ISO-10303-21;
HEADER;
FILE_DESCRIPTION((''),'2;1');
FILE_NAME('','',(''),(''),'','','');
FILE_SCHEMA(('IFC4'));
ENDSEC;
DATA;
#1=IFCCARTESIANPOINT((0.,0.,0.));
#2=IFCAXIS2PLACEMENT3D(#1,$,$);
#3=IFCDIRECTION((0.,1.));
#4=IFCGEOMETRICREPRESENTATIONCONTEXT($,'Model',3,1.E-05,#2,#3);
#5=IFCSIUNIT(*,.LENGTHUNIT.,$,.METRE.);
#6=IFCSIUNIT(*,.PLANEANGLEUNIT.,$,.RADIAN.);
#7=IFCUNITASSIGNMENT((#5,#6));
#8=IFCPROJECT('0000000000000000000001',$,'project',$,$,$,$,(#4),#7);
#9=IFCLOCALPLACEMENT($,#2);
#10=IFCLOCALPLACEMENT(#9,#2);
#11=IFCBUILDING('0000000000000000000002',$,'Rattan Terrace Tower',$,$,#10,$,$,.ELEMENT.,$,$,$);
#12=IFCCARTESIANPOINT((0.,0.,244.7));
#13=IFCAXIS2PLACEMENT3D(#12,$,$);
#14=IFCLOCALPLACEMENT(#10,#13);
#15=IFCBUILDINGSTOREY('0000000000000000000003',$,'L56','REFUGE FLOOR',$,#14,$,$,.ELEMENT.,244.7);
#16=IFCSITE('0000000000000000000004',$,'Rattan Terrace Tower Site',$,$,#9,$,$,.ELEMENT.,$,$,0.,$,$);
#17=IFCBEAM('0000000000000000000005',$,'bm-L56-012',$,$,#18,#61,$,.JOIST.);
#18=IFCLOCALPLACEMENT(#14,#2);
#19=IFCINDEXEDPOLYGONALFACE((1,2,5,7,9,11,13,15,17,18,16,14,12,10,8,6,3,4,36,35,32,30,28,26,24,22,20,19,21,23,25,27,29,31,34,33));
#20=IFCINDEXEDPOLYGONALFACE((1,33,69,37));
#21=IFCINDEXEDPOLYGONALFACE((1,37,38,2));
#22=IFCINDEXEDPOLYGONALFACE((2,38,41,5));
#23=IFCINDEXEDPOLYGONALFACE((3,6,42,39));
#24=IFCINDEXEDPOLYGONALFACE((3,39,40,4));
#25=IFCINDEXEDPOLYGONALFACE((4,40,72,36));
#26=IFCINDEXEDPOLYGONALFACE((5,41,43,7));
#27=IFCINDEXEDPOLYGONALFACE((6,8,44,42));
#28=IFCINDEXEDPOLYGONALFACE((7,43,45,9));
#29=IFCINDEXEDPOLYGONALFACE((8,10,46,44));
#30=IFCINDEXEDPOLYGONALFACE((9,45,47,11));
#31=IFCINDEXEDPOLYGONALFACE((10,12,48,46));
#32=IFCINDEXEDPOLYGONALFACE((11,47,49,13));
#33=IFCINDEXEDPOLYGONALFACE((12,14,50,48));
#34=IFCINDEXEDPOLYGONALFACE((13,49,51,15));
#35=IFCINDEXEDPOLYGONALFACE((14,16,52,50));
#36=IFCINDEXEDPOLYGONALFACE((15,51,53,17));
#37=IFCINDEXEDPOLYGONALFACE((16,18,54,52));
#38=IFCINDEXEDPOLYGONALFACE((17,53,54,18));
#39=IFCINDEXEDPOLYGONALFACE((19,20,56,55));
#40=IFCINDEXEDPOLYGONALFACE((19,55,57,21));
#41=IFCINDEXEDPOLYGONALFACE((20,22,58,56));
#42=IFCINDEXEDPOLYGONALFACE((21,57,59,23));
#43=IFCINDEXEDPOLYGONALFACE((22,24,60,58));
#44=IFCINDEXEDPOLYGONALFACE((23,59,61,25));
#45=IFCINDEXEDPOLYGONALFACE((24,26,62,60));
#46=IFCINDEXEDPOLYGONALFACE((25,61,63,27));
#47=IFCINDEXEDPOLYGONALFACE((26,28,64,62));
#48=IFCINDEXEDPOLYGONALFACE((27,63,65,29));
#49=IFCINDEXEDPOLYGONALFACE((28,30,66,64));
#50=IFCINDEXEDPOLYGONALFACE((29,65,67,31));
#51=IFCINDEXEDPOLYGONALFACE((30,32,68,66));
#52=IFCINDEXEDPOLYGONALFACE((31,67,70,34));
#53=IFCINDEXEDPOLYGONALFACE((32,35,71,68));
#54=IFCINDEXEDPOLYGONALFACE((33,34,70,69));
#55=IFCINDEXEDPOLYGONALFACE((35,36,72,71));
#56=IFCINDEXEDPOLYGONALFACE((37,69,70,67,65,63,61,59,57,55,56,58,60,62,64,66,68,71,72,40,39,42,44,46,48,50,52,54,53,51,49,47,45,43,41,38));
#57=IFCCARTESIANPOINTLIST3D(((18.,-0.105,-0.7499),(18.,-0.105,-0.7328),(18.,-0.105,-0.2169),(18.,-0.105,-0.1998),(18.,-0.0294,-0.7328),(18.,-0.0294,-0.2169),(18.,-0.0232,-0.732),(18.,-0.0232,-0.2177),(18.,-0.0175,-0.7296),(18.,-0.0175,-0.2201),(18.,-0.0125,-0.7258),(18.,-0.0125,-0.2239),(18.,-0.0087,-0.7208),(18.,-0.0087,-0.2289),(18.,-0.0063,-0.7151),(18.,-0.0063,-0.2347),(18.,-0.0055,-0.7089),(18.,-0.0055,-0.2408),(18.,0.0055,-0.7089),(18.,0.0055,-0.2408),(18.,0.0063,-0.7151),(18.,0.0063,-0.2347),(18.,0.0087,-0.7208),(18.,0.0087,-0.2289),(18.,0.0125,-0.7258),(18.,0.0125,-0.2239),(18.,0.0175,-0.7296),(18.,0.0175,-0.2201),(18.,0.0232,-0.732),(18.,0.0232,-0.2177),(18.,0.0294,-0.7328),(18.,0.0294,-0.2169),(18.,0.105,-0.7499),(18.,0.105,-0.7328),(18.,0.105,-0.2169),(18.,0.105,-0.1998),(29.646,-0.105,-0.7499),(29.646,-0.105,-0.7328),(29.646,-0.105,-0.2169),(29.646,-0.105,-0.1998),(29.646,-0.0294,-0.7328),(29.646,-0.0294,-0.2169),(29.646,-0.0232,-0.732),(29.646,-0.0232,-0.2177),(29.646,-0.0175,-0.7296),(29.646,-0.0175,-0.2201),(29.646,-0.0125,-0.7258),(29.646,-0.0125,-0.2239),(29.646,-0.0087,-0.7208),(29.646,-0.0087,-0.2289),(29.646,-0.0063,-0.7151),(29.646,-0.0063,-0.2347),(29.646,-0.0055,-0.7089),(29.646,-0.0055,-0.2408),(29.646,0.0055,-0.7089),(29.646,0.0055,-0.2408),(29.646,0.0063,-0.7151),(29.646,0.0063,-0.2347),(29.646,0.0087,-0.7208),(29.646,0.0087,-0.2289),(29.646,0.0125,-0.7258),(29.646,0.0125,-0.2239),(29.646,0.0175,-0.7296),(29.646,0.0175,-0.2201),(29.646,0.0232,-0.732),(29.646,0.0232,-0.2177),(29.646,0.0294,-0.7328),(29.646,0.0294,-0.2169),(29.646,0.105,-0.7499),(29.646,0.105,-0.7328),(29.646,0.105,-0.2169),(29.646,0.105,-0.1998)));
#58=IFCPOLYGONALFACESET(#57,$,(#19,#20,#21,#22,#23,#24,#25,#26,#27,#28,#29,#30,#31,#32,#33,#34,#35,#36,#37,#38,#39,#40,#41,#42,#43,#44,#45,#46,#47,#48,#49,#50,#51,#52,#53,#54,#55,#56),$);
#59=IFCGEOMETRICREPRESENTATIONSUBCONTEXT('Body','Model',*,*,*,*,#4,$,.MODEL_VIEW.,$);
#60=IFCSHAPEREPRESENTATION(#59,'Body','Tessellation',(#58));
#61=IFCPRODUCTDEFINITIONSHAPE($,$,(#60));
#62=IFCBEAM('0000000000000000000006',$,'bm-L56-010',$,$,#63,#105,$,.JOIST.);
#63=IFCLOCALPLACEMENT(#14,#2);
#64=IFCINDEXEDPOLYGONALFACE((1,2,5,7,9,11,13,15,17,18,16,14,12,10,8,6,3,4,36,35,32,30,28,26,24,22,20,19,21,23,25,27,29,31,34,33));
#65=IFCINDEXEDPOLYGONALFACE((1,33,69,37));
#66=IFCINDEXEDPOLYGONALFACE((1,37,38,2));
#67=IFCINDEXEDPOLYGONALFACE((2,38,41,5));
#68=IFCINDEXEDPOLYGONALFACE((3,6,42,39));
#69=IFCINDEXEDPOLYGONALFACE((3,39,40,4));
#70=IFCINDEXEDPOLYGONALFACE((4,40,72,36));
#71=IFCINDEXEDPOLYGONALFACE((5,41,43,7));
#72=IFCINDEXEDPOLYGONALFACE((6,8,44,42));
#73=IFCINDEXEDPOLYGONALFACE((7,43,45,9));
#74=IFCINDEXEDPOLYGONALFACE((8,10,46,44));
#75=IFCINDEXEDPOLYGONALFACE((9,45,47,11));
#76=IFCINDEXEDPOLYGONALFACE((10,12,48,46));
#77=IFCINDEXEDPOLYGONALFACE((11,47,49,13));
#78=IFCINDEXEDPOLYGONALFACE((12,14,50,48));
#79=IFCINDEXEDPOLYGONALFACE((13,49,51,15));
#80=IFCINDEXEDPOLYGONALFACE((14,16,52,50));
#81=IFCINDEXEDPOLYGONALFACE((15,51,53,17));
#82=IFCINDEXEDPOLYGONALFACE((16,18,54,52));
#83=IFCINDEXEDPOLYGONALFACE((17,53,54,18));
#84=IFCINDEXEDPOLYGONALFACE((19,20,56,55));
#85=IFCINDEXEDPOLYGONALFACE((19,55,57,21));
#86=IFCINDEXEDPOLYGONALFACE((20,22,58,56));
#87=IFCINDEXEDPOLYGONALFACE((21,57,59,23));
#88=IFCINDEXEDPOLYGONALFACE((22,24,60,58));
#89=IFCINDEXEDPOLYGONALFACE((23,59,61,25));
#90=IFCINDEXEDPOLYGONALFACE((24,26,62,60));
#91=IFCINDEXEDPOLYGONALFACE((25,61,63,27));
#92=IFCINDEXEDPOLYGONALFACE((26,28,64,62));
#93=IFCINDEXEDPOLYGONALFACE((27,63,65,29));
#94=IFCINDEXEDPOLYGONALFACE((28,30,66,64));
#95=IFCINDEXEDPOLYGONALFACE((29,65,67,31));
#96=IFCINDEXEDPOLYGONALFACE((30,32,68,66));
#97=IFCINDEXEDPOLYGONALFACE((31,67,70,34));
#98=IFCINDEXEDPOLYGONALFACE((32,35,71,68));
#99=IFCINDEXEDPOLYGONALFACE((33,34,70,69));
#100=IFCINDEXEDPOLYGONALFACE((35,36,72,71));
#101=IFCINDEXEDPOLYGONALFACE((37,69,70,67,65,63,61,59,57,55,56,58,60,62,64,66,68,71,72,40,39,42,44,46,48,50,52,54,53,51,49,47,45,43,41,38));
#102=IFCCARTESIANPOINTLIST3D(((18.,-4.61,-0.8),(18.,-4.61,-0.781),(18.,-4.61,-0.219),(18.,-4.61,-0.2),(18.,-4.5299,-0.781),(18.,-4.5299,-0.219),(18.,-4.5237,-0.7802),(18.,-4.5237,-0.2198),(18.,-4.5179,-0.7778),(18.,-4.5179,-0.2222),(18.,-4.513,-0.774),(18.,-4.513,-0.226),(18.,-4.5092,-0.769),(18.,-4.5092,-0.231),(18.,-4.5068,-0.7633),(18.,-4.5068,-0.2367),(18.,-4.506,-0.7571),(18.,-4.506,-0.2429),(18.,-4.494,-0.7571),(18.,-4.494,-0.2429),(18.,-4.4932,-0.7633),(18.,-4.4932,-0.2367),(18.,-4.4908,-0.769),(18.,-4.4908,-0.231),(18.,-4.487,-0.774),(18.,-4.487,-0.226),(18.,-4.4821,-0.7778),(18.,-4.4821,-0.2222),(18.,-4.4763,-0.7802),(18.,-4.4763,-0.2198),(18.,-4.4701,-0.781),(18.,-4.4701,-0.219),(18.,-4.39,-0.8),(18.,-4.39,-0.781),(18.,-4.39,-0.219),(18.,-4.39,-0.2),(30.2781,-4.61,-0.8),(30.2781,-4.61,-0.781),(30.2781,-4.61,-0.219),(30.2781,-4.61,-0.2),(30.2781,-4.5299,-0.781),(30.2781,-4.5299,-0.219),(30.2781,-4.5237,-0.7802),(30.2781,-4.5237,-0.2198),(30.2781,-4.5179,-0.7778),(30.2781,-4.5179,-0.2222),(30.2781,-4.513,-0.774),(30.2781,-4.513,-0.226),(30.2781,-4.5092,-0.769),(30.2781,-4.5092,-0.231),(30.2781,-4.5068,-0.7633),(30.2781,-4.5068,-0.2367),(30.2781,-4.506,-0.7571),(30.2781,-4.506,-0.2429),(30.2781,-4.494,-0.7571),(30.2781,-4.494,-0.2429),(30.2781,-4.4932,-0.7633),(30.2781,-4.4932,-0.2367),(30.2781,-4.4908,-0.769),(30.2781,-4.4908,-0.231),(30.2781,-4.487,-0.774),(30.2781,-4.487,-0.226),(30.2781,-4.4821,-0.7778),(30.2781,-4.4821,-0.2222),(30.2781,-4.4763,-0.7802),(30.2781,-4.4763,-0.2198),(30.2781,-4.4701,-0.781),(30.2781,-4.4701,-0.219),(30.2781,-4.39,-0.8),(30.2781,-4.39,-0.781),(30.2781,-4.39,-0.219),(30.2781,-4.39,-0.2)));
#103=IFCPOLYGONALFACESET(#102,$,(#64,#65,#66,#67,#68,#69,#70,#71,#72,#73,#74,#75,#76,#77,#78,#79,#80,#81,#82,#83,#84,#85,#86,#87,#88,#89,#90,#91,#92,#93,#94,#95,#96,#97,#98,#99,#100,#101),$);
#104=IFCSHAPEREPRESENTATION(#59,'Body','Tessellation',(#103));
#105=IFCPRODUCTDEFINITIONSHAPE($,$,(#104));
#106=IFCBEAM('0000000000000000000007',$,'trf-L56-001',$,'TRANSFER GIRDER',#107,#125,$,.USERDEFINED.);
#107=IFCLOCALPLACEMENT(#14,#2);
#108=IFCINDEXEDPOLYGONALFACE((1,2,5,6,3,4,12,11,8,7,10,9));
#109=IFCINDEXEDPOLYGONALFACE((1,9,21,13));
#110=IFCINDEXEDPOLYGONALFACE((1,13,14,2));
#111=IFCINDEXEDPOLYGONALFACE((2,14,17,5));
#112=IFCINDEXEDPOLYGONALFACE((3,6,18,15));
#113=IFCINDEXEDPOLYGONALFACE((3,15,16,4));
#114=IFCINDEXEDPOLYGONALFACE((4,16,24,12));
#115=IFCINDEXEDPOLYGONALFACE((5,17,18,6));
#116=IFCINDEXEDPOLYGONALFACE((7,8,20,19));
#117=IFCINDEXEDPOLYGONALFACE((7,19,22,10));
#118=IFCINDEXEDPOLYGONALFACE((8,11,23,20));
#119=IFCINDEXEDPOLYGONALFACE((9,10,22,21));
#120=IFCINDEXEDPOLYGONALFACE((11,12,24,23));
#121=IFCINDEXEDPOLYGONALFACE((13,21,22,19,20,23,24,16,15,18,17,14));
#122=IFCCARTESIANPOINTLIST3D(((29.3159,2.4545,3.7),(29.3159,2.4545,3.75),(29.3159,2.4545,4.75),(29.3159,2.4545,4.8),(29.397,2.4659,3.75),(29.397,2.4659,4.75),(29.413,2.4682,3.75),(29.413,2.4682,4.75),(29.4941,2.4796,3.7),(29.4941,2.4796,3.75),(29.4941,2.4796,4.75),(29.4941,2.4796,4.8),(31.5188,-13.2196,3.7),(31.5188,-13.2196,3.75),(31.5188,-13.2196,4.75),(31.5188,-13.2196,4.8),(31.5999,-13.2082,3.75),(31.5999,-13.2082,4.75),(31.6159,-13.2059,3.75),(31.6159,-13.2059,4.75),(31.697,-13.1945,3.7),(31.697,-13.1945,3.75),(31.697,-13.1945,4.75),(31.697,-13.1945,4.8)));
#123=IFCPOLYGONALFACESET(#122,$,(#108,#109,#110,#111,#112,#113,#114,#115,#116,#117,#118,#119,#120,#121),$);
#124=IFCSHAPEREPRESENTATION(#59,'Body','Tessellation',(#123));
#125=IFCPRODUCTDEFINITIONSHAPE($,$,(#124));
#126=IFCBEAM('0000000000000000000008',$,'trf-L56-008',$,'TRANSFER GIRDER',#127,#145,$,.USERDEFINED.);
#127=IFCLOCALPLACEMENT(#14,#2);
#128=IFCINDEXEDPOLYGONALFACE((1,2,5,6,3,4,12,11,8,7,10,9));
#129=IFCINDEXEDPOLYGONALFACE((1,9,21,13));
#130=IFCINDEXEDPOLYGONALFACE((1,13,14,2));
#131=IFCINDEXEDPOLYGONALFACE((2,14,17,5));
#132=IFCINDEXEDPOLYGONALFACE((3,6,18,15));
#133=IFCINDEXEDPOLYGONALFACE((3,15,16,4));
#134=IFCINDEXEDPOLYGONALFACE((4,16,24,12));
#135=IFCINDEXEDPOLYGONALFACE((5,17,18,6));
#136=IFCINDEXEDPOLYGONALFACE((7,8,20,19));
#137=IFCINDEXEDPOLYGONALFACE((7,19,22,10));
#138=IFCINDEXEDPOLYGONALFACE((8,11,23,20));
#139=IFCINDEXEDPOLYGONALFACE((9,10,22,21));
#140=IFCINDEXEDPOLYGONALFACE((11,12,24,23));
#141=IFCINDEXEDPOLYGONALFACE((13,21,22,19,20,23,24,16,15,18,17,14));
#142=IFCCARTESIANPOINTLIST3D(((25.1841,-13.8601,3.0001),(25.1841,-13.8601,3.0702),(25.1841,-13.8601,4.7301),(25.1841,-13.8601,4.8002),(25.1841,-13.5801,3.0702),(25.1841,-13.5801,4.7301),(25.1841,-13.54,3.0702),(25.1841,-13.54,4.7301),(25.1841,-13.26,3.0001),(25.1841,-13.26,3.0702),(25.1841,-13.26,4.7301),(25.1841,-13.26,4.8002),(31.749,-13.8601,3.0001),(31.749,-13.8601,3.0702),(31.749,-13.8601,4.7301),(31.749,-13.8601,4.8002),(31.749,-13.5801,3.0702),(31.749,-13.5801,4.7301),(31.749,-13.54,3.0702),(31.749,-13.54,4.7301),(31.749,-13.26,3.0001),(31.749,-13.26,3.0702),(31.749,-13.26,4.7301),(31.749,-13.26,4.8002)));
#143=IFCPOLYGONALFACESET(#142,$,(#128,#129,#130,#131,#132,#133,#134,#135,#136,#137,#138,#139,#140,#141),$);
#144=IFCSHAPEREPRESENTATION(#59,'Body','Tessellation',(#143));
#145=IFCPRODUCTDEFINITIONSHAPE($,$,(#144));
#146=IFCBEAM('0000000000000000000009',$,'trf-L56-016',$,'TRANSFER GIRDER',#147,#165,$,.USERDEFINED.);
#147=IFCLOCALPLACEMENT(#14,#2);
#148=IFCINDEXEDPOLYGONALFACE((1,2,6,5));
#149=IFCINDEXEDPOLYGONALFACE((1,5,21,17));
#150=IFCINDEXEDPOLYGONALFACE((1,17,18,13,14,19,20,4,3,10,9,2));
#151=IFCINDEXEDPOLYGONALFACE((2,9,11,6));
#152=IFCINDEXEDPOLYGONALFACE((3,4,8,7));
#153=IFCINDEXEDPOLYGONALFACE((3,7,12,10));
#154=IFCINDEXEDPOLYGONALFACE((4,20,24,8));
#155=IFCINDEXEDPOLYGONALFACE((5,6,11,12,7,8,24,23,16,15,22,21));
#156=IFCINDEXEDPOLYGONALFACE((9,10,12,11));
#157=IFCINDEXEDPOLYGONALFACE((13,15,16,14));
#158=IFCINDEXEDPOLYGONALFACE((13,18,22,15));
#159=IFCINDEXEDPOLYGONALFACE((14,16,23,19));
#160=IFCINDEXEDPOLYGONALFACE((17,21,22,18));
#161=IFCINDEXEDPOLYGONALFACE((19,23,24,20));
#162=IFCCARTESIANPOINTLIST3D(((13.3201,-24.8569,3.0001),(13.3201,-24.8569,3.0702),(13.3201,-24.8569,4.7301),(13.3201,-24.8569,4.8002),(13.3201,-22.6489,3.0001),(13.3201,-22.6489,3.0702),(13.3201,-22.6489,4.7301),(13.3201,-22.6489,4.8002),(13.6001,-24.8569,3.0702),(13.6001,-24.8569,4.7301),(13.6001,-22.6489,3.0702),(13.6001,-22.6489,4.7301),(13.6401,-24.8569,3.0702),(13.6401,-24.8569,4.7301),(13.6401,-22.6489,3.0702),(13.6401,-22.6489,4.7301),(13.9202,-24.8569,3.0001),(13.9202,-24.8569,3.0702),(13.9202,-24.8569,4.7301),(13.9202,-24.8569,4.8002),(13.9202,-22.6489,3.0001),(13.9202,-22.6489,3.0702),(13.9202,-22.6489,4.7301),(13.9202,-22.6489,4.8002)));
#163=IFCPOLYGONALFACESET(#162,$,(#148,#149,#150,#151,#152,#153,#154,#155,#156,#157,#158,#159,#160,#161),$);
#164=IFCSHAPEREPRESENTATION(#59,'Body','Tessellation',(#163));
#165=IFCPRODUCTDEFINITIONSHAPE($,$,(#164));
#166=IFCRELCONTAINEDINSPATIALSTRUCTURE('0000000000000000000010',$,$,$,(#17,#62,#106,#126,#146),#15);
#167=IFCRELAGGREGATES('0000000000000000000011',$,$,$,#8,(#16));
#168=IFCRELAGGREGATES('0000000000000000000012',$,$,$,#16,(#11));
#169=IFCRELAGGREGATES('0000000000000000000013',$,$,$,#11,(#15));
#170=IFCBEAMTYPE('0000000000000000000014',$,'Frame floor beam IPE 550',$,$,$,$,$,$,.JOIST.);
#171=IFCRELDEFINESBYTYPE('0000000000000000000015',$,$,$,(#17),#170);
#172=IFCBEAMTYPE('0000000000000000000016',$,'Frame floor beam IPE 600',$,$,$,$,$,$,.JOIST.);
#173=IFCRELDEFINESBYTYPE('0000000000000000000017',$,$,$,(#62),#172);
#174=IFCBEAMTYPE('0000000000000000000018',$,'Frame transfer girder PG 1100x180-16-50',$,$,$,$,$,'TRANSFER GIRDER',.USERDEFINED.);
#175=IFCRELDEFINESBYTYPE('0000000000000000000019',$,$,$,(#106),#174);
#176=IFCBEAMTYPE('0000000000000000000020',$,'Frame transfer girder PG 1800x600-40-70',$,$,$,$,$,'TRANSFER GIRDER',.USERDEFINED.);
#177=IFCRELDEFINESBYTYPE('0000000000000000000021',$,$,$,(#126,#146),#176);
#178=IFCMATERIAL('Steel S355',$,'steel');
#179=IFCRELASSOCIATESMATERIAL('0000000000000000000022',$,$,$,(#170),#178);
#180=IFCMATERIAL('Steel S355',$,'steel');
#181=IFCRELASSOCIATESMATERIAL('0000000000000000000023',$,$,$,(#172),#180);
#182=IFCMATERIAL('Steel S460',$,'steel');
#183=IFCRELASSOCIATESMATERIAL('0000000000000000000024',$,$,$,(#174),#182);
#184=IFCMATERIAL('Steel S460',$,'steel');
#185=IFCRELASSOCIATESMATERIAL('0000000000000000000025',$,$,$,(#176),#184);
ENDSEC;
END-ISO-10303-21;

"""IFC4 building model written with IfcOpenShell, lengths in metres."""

from ifc_helpers import new_model, si_unit, direction, frame, origin, origin_2d, place, context, subcontext, project, spatial, i_section, extrude, material, material_profile, profile_set, type_object, element, save


model = new_model("IFC4")

# Units and contexts
model_context = context("Model", 3, precision=1e-05, world=origin(), true_north=direction((0.0, 1.0)))
body_context = subcontext(model_context, "Body", "Model", "MODEL_VIEW")
ifc_project = project(units=[si_unit("LENGTHUNIT", "METRE"), si_unit("PLANEANGLEUNIT", "RADIAN")], contexts=[model_context])

# Site, building, storey
site_placement = place(None, origin())
site = spatial("IfcSite", under=ifc_project, at=site_placement, Name="Rattan Terrace Tower Site", CompositionType="ELEMENT", RefElevation=0.0)
building_placement = place(site_placement, origin())
building = spatial("IfcBuilding", under=site, at=building_placement, Name="Rattan Terrace Tower", CompositionType="ELEMENT")
storey_placement = place(building_placement, frame((0.0, 0.0, 244.7)))
storey = spatial("IfcBuildingStorey", under=building, at=storey_placement, Name="L56", Description="REFUGE FLOOR", CompositionType="ELEMENT", Elevation=244.7)

# Beams
ifc_material_1 = material(Name="Steel S355", Category="steel")
ifc_material_profile_1 = material_profile(ifc_material_1, i_section(OverallWidth=0.21, OverallDepth=0.55, WebThickness=0.011, FlangeThickness=0.0171, FilletRadius=0.0239, at=origin_2d()), Name="IPE 550")
ifc_profile_set_1 = profile_set([ifc_material_profile_1], Name="Steel S355")
beam_type_1 = type_object("IfcBeamType", Name="Frame floor beam IPE 550", PredefinedType="JOIST", material=ifc_profile_set_1)
beam_1_placement = place(storey_placement, frame((18.0, 0.0, -0.4749), z_axis=(1.0, 0.0, 0.0), x_axis=(0.0, 1.0, 0.0)))
element("IfcBeam", 1, at=beam_1_placement, inside=storey, type_object=beam_type_1, Name="bm-L56-012", PredefinedType="JOIST", context=body_context, shape_type="SweptSolid", body=[
    extrude(i_section(OverallWidth=0.21, OverallDepth=0.55, WebThickness=0.011, FlangeThickness=0.0171, FilletRadius=0.0239, at=origin_2d()), origin(), (0.0, 0.0, 1.0), 11.646),
])
ifc_material_2 = material(Name="Steel S355", Category="steel")
ifc_material_profile_2 = material_profile(ifc_material_2, i_section(OverallWidth=0.22, OverallDepth=0.6001, WebThickness=0.012, FlangeThickness=0.019, FilletRadius=0.0239, at=origin_2d()), Name="IPE 600")
ifc_profile_set_2 = profile_set([ifc_material_profile_2], Name="Steel S355")
beam_type_2 = type_object("IfcBeamType", Name="Frame floor beam IPE 600", PredefinedType="JOIST", material=ifc_profile_set_2)
beam_2_placement = place(storey_placement, frame((18.0, -4.5, -0.5), z_axis=(1.0, 0.0, 0.0), x_axis=(0.0, 1.0, 0.0)))
element("IfcBeam", 2, at=beam_2_placement, inside=storey, type_object=beam_type_2, Name="bm-L56-010", PredefinedType="JOIST", context=body_context, shape_type="SweptSolid", body=[
    extrude(i_section(OverallWidth=0.22, OverallDepth=0.6001, WebThickness=0.012, FlangeThickness=0.019, FilletRadius=0.0239, at=origin_2d()), origin(), (0.0, 0.0, 1.0), 12.2781),
])
ifc_material_3 = material(Name="Steel S460", Category="steel")
ifc_material_profile_3 = material_profile(ifc_material_3, i_section(OverallWidth=0.1799, OverallDepth=1.1001, WebThickness=0.0161, FlangeThickness=0.05, at=origin_2d()), Name="PG 1100x180-16-50")
ifc_profile_set_3 = profile_set([ifc_material_profile_3], Name="Steel S460")
beam_type_3 = type_object("IfcBeamType", Name="Frame transfer girder PG 1100x180-16-50", ElementType="TRANSFER GIRDER", PredefinedType="USERDEFINED", material=ifc_profile_set_3)
beam_3_placement = place(storey_placement, frame((31.6079, -13.207, 4.25), z_axis=(-0.139175, 0.990268, 0.0), x_axis=(-0.990268, -0.139175, 0.0)))
element("IfcBeam", 3, at=beam_3_placement, inside=storey, type_object=beam_type_3, Name="trf-L56-001", ObjectType="TRANSFER GIRDER", PredefinedType="USERDEFINED", context=body_context, shape_type="SweptSolid", body=[
    extrude(i_section(OverallWidth=0.1799, OverallDepth=1.1001, WebThickness=0.0161, FlangeThickness=0.05, at=origin_2d()), origin(), (0.0, 0.0, 1.0), 15.8281),
])
ifc_material_4 = material(Name="Steel S460", Category="steel")
ifc_material_profile_4 = material_profile(ifc_material_4, i_section(OverallWidth=0.6001, OverallDepth=1.8, WebThickness=0.04, FlangeThickness=0.0701, at=origin_2d()), Name="PG 1800x600-40-70")
ifc_profile_set_4 = profile_set([ifc_material_profile_4], Name="Steel S460")
beam_type_4 = type_object("IfcBeamType", Name="Frame transfer girder PG 1800x600-40-70", ElementType="TRANSFER GIRDER", PredefinedType="USERDEFINED", material=ifc_profile_set_4)
beam_4_placement = place(storey_placement, frame((25.1841, -13.5601, 3.9001), z_axis=(1.0, 0.0, 0.0), x_axis=(0.0, 1.0, 0.0)))
element("IfcBeam", 4, at=beam_4_placement, inside=storey, type_object=beam_type_4, Name="trf-L56-008", ObjectType="TRANSFER GIRDER", PredefinedType="USERDEFINED", context=body_context, shape_type="SweptSolid", body=[
    extrude(i_section(OverallWidth=0.6001, OverallDepth=1.8, WebThickness=0.04, FlangeThickness=0.0701, at=origin_2d()), origin(), (0.0, 0.0, 1.0), 6.5649),
])
beam_5_placement = place(storey_placement, frame((13.6201, -24.8569, 3.9001), z_axis=(0.0, 1.0, 0.0), x_axis=(-1.0, 0.0, 0.0)))
element("IfcBeam", 5, at=beam_5_placement, inside=storey, type_object=beam_type_4, Name="trf-L56-016", ObjectType="TRANSFER GIRDER", PredefinedType="USERDEFINED", context=body_context, shape_type="SweptSolid", body=[
    extrude(i_section(OverallWidth=0.6001, OverallDepth=1.8, WebThickness=0.04, FlangeThickness=0.0701, at=origin_2d()), origin(), (0.0, 0.0, 1.0), 2.208),
])

save(model, "model.ifc")
